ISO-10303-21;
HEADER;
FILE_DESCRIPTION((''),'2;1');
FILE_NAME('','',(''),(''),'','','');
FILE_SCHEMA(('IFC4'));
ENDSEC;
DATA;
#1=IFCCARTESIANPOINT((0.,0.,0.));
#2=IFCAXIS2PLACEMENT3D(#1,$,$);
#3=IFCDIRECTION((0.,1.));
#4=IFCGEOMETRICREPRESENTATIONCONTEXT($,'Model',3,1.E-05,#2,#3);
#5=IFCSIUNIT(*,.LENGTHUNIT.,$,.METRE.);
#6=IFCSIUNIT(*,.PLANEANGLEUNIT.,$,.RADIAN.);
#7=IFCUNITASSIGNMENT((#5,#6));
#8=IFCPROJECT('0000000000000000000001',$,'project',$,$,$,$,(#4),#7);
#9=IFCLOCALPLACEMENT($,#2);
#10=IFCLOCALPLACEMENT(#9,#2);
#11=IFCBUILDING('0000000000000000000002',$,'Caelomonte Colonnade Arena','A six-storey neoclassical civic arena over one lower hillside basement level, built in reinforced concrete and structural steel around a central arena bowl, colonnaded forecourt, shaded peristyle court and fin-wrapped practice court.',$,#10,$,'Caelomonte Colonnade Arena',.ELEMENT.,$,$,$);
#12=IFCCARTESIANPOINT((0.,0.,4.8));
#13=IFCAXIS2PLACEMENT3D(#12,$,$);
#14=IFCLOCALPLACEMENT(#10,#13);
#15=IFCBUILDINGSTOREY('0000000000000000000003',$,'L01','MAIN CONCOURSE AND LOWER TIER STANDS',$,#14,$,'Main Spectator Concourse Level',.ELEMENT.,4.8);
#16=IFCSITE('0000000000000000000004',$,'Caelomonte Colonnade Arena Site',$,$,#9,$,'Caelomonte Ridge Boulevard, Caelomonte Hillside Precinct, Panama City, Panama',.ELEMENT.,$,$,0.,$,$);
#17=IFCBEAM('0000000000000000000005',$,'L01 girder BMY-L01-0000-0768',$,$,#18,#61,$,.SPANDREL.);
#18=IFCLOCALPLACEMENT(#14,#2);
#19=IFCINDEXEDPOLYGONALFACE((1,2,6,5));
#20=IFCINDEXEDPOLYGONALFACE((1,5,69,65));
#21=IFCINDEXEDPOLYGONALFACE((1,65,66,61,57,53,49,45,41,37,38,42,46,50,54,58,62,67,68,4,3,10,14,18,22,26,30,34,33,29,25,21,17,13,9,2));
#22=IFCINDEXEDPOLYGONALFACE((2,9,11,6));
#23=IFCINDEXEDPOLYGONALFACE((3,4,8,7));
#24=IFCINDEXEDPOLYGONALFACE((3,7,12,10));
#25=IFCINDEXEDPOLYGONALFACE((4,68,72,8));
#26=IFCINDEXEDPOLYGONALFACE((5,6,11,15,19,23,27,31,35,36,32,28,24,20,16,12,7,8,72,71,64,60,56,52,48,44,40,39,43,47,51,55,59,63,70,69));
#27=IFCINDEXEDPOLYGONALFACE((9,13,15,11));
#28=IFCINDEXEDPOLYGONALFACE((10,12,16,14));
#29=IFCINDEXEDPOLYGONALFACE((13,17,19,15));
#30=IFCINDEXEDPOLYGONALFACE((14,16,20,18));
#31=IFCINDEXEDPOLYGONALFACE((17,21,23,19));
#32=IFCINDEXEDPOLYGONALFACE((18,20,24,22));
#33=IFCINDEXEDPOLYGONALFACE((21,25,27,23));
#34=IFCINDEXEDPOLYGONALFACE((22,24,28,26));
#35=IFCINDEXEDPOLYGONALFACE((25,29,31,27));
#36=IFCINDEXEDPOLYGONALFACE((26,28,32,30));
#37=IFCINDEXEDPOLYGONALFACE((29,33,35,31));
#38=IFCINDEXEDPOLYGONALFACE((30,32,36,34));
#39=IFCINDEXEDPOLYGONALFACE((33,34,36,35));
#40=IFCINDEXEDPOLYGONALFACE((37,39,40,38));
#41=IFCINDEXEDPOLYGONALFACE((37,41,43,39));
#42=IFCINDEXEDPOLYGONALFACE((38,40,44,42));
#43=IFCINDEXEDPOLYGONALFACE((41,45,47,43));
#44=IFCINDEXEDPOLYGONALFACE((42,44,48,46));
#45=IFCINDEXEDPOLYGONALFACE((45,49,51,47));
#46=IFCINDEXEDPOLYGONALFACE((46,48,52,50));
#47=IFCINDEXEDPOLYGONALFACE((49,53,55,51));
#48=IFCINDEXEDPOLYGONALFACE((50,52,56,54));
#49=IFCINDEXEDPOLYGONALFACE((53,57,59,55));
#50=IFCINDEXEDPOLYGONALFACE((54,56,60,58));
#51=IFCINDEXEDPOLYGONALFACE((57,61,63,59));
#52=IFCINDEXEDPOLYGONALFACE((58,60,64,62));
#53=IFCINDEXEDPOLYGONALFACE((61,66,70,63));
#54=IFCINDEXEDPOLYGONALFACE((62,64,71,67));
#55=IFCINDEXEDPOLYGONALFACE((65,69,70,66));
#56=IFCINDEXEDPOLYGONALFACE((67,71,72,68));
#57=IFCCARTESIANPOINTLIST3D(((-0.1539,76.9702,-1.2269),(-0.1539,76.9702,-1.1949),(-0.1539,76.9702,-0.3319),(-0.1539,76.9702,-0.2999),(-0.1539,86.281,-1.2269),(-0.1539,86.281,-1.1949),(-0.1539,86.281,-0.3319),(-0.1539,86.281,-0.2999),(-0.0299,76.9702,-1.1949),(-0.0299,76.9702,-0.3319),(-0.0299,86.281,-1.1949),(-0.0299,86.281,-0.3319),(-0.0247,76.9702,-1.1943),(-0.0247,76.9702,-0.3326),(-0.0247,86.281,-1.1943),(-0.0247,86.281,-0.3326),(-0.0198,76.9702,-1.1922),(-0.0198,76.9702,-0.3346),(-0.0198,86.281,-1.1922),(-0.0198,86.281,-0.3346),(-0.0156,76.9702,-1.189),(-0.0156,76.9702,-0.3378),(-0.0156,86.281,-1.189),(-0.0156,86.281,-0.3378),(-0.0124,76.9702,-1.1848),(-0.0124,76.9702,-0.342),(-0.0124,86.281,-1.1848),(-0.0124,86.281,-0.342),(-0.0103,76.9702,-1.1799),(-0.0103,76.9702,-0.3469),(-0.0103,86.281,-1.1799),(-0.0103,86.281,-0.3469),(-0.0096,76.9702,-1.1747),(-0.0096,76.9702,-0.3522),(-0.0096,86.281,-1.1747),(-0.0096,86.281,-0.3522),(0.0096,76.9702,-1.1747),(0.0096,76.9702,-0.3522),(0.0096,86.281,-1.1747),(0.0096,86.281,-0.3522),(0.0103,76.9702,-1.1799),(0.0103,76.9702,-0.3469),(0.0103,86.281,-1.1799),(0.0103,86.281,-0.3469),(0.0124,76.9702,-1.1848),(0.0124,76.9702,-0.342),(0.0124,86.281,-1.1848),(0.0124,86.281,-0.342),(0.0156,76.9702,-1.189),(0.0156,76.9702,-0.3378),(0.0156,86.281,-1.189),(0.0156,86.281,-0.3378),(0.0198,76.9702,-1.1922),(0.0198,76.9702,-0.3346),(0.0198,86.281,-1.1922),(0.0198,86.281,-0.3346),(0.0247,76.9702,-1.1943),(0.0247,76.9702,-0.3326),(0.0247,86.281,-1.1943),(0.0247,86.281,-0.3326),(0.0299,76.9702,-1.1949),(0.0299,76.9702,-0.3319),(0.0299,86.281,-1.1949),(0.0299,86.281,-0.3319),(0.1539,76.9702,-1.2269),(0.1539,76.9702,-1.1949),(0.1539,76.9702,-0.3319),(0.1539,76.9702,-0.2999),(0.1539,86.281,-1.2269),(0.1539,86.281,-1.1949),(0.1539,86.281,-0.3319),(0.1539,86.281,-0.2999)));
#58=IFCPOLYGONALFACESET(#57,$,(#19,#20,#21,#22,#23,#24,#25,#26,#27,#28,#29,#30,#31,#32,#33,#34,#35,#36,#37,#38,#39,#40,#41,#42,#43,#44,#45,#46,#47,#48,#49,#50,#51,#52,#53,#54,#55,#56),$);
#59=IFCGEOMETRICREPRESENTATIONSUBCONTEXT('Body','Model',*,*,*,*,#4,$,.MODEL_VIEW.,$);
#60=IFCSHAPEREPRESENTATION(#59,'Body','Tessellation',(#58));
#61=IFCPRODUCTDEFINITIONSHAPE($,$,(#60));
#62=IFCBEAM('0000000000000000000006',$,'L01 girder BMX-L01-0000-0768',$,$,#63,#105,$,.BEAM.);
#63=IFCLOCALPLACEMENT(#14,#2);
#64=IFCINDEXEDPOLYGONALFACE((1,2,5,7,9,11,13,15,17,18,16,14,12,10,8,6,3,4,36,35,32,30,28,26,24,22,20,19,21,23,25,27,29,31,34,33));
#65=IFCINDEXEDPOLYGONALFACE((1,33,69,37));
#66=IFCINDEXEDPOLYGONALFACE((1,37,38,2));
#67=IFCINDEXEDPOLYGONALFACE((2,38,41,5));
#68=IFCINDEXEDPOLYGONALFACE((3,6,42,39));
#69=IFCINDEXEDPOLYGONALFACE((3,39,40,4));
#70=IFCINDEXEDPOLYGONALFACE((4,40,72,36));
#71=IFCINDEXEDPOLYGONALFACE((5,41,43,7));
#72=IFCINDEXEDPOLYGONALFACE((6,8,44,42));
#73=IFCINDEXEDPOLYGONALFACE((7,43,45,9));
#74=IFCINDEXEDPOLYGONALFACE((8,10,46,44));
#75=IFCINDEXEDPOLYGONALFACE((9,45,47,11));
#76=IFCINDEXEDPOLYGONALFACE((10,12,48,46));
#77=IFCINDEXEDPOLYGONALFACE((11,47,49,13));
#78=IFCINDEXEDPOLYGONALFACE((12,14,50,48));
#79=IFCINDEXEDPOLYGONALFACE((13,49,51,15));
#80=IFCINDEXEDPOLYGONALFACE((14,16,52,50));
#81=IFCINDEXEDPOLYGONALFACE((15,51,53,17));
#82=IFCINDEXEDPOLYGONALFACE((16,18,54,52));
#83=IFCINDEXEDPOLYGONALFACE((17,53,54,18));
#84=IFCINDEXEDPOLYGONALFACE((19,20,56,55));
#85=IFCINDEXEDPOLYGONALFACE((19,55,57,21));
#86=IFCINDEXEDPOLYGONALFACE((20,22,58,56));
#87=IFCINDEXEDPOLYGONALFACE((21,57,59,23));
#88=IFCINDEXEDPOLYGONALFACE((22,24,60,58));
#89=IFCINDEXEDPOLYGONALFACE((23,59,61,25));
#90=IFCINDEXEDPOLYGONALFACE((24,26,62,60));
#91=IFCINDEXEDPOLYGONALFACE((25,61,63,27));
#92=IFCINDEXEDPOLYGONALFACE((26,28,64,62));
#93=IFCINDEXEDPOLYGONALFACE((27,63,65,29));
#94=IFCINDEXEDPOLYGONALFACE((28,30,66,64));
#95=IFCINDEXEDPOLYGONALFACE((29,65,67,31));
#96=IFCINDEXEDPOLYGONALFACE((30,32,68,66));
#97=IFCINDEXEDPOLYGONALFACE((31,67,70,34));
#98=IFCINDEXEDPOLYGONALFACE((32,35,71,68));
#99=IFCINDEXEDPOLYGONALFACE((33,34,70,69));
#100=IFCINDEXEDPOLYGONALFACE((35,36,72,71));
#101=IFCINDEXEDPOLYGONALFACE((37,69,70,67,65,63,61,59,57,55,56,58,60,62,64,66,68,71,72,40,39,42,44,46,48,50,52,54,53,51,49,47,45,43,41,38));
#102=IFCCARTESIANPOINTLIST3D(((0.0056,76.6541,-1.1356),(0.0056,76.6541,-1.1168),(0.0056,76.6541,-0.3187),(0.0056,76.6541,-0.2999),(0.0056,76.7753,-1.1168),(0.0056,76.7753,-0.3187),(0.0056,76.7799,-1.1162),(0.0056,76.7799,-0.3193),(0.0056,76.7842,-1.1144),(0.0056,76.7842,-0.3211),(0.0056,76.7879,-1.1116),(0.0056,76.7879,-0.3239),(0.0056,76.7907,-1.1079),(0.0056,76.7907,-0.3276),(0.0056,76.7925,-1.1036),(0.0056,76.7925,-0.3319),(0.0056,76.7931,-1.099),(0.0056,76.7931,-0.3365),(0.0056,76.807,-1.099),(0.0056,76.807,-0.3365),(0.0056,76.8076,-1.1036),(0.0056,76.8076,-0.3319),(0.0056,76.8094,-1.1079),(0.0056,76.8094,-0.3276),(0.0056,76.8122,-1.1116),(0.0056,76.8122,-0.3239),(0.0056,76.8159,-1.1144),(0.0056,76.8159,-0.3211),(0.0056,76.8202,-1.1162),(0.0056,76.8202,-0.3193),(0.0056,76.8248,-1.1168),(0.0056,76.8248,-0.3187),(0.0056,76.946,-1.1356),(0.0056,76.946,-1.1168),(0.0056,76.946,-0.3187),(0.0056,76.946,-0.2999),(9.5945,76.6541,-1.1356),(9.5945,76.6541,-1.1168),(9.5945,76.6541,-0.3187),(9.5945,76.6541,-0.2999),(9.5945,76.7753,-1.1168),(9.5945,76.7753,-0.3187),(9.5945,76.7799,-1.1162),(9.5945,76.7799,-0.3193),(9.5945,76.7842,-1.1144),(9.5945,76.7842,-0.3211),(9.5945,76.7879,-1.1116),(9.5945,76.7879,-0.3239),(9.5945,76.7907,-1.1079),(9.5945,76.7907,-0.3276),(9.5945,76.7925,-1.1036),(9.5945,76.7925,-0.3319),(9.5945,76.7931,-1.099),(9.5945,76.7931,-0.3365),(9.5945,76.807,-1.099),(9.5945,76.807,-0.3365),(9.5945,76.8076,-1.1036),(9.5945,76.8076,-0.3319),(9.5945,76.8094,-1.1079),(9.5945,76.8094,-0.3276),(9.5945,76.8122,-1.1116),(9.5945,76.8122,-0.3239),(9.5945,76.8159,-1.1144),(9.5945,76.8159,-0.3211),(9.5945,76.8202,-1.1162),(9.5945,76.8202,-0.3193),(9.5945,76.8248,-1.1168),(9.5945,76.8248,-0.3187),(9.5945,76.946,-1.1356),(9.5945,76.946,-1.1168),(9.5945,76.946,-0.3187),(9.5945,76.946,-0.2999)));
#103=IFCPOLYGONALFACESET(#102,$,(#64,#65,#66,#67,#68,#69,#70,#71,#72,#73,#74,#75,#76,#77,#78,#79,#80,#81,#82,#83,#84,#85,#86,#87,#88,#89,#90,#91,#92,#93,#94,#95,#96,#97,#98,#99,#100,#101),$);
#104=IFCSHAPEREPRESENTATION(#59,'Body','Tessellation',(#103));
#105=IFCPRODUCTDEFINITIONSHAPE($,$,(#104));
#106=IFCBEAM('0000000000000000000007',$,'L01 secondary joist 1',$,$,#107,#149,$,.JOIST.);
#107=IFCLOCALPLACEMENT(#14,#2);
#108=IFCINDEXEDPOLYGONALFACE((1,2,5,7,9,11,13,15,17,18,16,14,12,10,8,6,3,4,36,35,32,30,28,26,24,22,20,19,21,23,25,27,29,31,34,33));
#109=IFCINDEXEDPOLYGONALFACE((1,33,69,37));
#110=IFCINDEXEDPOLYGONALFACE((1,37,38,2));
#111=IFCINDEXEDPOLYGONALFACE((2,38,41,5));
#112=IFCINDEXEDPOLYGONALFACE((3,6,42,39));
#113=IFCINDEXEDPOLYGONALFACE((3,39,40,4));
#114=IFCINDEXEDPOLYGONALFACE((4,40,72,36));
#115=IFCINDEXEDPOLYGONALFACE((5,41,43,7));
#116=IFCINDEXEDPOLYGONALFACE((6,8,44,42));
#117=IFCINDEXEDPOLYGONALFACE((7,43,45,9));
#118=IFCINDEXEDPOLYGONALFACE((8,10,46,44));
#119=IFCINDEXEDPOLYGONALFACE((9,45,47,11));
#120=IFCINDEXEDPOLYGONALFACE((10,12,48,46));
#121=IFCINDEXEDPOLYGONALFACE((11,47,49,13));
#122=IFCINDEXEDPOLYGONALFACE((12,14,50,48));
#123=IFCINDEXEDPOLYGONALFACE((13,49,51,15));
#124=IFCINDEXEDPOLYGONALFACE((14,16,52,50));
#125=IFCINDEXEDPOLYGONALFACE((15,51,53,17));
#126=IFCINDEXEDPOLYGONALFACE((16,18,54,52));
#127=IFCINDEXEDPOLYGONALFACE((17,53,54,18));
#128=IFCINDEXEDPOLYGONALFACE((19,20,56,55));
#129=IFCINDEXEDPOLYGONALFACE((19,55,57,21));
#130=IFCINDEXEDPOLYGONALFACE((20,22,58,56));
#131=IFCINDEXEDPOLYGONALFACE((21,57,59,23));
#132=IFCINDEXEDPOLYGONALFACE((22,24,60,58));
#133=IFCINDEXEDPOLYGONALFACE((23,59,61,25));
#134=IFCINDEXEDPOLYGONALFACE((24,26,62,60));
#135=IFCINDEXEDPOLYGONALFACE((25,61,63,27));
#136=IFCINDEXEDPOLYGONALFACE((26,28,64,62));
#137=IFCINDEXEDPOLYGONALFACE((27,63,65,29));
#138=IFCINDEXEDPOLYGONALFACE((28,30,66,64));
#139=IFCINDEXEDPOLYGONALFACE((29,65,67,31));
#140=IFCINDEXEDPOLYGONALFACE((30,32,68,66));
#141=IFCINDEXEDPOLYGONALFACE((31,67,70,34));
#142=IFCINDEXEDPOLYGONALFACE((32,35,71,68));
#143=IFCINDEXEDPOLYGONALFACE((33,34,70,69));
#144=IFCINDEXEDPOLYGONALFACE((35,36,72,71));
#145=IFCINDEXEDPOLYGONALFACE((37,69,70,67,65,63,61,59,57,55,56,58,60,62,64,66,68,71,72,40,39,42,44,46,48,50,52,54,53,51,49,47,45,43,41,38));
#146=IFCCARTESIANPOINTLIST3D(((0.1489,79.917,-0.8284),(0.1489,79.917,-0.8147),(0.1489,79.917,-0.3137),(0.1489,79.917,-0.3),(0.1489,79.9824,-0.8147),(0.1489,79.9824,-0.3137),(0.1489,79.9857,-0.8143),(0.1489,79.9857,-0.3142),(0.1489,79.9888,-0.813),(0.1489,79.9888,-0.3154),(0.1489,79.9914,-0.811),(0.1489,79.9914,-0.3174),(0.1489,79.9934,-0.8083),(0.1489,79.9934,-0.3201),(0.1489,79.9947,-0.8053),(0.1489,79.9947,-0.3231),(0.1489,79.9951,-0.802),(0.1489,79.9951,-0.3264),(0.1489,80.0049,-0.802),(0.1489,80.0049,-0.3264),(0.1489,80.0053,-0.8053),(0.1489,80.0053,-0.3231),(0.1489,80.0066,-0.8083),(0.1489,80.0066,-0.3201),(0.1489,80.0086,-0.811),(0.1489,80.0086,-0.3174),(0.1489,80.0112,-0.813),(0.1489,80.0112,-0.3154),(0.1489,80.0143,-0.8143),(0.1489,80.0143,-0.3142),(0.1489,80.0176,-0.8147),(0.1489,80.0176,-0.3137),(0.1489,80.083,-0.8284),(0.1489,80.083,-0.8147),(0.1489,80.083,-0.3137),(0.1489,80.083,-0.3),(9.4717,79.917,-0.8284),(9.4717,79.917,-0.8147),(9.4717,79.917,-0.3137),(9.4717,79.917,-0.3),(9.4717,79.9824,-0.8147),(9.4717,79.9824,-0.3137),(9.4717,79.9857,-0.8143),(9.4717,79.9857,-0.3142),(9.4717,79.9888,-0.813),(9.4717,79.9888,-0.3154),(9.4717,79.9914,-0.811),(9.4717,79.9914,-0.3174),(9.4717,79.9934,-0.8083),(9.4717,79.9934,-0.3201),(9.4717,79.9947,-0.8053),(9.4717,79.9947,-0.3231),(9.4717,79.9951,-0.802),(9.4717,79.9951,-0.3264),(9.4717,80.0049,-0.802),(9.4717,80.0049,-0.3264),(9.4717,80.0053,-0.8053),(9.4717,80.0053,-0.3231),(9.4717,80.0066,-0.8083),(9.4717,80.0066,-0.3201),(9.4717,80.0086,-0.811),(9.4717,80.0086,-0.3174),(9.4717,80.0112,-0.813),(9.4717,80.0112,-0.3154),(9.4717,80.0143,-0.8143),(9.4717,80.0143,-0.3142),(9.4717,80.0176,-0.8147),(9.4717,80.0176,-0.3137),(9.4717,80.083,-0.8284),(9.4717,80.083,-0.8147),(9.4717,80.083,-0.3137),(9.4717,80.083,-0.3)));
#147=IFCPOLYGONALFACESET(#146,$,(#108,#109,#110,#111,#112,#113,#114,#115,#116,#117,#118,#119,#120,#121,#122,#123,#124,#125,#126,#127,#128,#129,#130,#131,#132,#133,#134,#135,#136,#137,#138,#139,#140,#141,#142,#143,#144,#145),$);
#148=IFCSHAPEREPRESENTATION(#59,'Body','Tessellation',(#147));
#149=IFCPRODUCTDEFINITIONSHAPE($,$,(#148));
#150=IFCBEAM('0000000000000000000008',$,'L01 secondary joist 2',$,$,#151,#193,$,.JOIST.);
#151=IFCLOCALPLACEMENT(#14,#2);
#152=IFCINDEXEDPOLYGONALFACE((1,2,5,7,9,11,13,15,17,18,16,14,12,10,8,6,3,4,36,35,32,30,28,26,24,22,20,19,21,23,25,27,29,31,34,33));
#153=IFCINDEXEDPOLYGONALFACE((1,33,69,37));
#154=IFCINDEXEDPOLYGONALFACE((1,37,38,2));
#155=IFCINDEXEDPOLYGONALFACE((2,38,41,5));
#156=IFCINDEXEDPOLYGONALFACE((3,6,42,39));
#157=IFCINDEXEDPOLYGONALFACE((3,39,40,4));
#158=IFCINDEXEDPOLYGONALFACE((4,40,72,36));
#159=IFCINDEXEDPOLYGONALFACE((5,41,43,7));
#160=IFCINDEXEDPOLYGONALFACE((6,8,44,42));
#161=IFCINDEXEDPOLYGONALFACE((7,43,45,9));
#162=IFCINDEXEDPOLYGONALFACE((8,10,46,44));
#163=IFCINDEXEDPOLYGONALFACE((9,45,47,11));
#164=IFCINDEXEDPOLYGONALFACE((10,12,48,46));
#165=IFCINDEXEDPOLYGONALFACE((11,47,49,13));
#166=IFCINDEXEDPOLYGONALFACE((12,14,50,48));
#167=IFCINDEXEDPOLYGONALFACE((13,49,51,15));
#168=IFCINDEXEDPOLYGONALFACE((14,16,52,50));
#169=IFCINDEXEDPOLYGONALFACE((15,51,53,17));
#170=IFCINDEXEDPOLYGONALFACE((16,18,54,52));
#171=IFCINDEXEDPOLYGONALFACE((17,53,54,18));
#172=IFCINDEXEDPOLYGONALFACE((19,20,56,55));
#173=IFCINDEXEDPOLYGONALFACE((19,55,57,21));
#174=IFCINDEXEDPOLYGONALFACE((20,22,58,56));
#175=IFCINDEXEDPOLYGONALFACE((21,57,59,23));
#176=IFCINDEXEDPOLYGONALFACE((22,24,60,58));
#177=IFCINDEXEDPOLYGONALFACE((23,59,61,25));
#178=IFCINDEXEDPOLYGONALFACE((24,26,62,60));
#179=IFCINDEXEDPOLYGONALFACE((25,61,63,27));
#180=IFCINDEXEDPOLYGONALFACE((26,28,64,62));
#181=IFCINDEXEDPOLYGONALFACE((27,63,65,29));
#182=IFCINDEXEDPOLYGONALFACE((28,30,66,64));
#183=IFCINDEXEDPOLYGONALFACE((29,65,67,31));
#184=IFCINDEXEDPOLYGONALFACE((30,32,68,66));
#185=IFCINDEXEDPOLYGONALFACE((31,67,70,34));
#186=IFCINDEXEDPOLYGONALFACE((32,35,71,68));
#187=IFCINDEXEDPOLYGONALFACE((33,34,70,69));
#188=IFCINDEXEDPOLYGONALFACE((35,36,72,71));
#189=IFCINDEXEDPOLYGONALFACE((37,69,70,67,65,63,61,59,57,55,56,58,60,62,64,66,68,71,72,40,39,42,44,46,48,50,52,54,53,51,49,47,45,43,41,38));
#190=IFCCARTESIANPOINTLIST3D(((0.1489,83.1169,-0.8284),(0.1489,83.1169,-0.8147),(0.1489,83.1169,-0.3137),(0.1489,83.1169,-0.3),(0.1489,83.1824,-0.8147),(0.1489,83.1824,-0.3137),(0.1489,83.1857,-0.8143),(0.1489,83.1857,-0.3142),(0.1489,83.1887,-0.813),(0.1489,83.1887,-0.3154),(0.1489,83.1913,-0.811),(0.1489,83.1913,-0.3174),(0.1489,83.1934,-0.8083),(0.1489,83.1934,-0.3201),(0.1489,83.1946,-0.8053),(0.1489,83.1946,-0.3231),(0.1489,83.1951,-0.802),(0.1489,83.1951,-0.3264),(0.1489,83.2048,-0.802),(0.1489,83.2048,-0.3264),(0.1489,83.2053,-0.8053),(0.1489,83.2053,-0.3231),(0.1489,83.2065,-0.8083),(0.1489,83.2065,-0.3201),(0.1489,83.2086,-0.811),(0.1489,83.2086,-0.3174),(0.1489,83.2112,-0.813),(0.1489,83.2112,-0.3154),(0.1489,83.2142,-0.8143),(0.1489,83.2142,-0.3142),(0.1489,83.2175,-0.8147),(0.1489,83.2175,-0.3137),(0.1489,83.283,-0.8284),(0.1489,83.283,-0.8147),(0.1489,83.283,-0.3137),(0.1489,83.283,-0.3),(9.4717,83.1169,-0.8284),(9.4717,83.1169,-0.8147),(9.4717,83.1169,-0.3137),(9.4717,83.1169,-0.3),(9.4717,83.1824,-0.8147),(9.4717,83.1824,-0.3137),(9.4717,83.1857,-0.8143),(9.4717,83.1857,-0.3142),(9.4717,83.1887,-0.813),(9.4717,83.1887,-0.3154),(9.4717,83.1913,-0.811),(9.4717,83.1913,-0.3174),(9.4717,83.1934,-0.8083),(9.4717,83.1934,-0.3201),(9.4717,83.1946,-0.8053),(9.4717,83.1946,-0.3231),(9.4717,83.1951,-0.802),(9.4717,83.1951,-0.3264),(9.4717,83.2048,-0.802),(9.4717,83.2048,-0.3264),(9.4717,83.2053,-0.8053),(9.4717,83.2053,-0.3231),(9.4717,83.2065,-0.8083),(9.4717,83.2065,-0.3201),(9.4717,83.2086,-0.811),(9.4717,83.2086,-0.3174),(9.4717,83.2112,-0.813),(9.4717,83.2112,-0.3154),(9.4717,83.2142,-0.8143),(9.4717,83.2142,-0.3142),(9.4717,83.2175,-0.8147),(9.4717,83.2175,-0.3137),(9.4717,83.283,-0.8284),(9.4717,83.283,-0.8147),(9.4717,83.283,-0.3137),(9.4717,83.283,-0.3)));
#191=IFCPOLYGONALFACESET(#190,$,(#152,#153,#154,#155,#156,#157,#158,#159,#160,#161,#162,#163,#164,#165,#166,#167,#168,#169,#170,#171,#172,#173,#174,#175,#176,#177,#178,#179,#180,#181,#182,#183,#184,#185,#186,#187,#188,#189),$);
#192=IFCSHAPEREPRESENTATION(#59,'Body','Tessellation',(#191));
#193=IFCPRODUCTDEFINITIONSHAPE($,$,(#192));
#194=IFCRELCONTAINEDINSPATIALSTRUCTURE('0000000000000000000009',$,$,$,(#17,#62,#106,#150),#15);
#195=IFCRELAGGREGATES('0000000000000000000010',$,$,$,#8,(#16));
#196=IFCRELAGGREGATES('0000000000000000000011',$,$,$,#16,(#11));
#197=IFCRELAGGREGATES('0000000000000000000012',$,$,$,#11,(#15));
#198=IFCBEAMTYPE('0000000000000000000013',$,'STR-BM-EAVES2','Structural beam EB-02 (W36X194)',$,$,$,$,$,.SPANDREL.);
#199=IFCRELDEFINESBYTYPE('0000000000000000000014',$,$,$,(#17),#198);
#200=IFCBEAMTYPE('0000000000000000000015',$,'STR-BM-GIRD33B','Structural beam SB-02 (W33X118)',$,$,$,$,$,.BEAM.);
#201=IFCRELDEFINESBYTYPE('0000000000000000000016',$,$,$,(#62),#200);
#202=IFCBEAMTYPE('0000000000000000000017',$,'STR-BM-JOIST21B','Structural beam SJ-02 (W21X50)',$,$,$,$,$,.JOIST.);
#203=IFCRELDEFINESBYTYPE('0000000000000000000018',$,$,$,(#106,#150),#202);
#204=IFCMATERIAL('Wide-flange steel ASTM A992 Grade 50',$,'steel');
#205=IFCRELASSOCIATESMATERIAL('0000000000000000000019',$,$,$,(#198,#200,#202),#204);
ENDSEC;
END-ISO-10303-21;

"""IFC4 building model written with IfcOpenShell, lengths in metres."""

from ifc_helpers import new_model, si_unit, direction, frame, origin, origin_2d, place, context, subcontext, project, spatial, i_section, extrude, material, material_profile, profile_set, type_object, element, save


model = new_model("IFC4")

# Units and contexts
model_context = context("Model", 3, precision=1e-05, world=origin(), true_north=direction((0.0, 1.0)))
body_context = subcontext(model_context, "Body", "Model", "MODEL_VIEW")
ifc_project = project(units=[si_unit("LENGTHUNIT", "METRE"), si_unit("PLANEANGLEUNIT", "RADIAN")], contexts=[model_context])

# Site, building, storey
site_placement = place(None, origin())
site = spatial("IfcSite", under=ifc_project, at=site_placement, Name="Caelomonte Colonnade Arena Site", LongName="Caelomonte Ridge Boulevard, Caelomonte Hillside Precinct, Panama City, Panama", CompositionType="ELEMENT", RefElevation=0.0)
building_placement = place(site_placement, origin())
building = spatial("IfcBuilding", under=site, at=building_placement, Name="Caelomonte Colonnade Arena", Description="A six-storey neoclassical civic arena over one lower hillside basement level, built in reinforced concrete and structural steel around a central arena bowl, colonnaded forecourt, shaded peristyle court and fin-wrapped practice court.", LongName="Caelomonte Colonnade Arena", CompositionType="ELEMENT")
storey_placement = place(building_placement, frame((0.0, 0.0, 4.8)))
storey = spatial("IfcBuildingStorey", under=building, at=storey_placement, Name="L01", Description="MAIN CONCOURSE AND LOWER TIER STANDS", LongName="Main Spectator Concourse Level", CompositionType="ELEMENT", Elevation=4.8)

# Shared definitions
ifc_material_1 = material(Name="Wide-flange steel ASTM A992 Grade 50", Category="steel")

# Beams
ifc_material_profile_1 = material_profile(ifc_material_1, i_section(OverallWidth=0.3079, OverallDepth=0.927, WebThickness=0.0193, FlangeThickness=0.032, FilletRadius=0.0203, at=origin_2d()), Name="W36X194")
ifc_profile_set_1 = profile_set([ifc_material_profile_1], Name="Wide-flange steel ASTM A992 Grade 50")
beam_type_1 = type_object("IfcBeamType", Name="STR-BM-EAVES2", Description="Structural beam EB-02 (W36X194)", PredefinedType="SPANDREL", material=ifc_profile_set_1)
beam_1_placement = place(storey_placement, frame((0.0, 76.9702, -0.7634), z_axis=(0.0, 1.0, 0.0), x_axis=(-1.0, 0.0, 0.0)))
element("IfcBeam", 1, at=beam_1_placement, inside=storey, type_object=beam_type_1, Name="L01 girder BMY-L01-0000-0768", PredefinedType="SPANDREL", context=body_context, shape_type="SweptSolid", body=[
    extrude(i_section(OverallWidth=0.3079, OverallDepth=0.927, WebThickness=0.0193, FlangeThickness=0.032, FilletRadius=0.0203, at=origin_2d()), origin(), (0.0, 0.0, 1.0), 9.3108),
])
ifc_material_profile_2 = material_profile(ifc_material_1, i_section(OverallWidth=0.292, OverallDepth=0.8357, WebThickness=0.0139, FlangeThickness=0.0188, FilletRadius=0.0178, at=origin_2d()), Name="W33X118")
ifc_profile_set_2 = profile_set([ifc_material_profile_2], Name="Wide-flange steel ASTM A992 Grade 50")
beam_type_2 = type_object("IfcBeamType", Name="STR-BM-GIRD33B", Description="Structural beam SB-02 (W33X118)", PredefinedType="BEAM", material=ifc_profile_set_2)
beam_2_placement = place(storey_placement, frame((0.0056, 76.8, -0.7178), z_axis=(1.0, 0.0, 0.0), x_axis=(0.0, 1.0, 0.0)))
element("IfcBeam", 2, at=beam_2_placement, inside=storey, type_object=beam_type_2, Name="L01 girder BMX-L01-0000-0768", PredefinedType="BEAM", context=body_context, shape_type="SweptSolid", body=[
    extrude(i_section(OverallWidth=0.292, OverallDepth=0.8357, WebThickness=0.0139, FlangeThickness=0.0188, FilletRadius=0.0178, at=origin_2d()), origin(), (0.0, 0.0, 1.0), 9.5889),
])
ifc_material_profile_3 = material_profile(ifc_material_1, i_section(OverallWidth=0.166, OverallDepth=0.5283, WebThickness=0.0098, FlangeThickness=0.0137, FilletRadius=0.0127, at=origin_2d()), Name="W21X50")
ifc_profile_set_3 = profile_set([ifc_material_profile_3], Name="Wide-flange steel ASTM A992 Grade 50")
beam_type_3 = type_object("IfcBeamType", Name="STR-BM-JOIST21B", Description="Structural beam SJ-02 (W21X50)", PredefinedType="JOIST", material=ifc_profile_set_3)
for number, where, z_axis, x_axis, name in (
    (3, (0.1489, 80.0, -0.5642), (1.0, 0.0, 0.0), (0.0, 1.0, 0.0), "L01 secondary joist 1"),
    (4, (0.1489, 83.2, -0.5642), (1.0, 0.0, 0.0), (0.0, 1.0, 0.0), "L01 secondary joist 2"),
):
    element("IfcBeam", number, at=place(storey_placement, frame(where, z_axis=z_axis, x_axis=x_axis)), inside=storey, type_object=beam_type_3, Name=name, PredefinedType="JOIST", context=body_context, shape_type="SweptSolid", body=[
        extrude(i_section(OverallWidth=0.166, OverallDepth=0.5283, WebThickness=0.0098, FlangeThickness=0.0137, FilletRadius=0.0127, at=origin_2d()), origin(), (0.0, 0.0, 1.0), 9.3228),
    ])

save(model, "model.ifc")
